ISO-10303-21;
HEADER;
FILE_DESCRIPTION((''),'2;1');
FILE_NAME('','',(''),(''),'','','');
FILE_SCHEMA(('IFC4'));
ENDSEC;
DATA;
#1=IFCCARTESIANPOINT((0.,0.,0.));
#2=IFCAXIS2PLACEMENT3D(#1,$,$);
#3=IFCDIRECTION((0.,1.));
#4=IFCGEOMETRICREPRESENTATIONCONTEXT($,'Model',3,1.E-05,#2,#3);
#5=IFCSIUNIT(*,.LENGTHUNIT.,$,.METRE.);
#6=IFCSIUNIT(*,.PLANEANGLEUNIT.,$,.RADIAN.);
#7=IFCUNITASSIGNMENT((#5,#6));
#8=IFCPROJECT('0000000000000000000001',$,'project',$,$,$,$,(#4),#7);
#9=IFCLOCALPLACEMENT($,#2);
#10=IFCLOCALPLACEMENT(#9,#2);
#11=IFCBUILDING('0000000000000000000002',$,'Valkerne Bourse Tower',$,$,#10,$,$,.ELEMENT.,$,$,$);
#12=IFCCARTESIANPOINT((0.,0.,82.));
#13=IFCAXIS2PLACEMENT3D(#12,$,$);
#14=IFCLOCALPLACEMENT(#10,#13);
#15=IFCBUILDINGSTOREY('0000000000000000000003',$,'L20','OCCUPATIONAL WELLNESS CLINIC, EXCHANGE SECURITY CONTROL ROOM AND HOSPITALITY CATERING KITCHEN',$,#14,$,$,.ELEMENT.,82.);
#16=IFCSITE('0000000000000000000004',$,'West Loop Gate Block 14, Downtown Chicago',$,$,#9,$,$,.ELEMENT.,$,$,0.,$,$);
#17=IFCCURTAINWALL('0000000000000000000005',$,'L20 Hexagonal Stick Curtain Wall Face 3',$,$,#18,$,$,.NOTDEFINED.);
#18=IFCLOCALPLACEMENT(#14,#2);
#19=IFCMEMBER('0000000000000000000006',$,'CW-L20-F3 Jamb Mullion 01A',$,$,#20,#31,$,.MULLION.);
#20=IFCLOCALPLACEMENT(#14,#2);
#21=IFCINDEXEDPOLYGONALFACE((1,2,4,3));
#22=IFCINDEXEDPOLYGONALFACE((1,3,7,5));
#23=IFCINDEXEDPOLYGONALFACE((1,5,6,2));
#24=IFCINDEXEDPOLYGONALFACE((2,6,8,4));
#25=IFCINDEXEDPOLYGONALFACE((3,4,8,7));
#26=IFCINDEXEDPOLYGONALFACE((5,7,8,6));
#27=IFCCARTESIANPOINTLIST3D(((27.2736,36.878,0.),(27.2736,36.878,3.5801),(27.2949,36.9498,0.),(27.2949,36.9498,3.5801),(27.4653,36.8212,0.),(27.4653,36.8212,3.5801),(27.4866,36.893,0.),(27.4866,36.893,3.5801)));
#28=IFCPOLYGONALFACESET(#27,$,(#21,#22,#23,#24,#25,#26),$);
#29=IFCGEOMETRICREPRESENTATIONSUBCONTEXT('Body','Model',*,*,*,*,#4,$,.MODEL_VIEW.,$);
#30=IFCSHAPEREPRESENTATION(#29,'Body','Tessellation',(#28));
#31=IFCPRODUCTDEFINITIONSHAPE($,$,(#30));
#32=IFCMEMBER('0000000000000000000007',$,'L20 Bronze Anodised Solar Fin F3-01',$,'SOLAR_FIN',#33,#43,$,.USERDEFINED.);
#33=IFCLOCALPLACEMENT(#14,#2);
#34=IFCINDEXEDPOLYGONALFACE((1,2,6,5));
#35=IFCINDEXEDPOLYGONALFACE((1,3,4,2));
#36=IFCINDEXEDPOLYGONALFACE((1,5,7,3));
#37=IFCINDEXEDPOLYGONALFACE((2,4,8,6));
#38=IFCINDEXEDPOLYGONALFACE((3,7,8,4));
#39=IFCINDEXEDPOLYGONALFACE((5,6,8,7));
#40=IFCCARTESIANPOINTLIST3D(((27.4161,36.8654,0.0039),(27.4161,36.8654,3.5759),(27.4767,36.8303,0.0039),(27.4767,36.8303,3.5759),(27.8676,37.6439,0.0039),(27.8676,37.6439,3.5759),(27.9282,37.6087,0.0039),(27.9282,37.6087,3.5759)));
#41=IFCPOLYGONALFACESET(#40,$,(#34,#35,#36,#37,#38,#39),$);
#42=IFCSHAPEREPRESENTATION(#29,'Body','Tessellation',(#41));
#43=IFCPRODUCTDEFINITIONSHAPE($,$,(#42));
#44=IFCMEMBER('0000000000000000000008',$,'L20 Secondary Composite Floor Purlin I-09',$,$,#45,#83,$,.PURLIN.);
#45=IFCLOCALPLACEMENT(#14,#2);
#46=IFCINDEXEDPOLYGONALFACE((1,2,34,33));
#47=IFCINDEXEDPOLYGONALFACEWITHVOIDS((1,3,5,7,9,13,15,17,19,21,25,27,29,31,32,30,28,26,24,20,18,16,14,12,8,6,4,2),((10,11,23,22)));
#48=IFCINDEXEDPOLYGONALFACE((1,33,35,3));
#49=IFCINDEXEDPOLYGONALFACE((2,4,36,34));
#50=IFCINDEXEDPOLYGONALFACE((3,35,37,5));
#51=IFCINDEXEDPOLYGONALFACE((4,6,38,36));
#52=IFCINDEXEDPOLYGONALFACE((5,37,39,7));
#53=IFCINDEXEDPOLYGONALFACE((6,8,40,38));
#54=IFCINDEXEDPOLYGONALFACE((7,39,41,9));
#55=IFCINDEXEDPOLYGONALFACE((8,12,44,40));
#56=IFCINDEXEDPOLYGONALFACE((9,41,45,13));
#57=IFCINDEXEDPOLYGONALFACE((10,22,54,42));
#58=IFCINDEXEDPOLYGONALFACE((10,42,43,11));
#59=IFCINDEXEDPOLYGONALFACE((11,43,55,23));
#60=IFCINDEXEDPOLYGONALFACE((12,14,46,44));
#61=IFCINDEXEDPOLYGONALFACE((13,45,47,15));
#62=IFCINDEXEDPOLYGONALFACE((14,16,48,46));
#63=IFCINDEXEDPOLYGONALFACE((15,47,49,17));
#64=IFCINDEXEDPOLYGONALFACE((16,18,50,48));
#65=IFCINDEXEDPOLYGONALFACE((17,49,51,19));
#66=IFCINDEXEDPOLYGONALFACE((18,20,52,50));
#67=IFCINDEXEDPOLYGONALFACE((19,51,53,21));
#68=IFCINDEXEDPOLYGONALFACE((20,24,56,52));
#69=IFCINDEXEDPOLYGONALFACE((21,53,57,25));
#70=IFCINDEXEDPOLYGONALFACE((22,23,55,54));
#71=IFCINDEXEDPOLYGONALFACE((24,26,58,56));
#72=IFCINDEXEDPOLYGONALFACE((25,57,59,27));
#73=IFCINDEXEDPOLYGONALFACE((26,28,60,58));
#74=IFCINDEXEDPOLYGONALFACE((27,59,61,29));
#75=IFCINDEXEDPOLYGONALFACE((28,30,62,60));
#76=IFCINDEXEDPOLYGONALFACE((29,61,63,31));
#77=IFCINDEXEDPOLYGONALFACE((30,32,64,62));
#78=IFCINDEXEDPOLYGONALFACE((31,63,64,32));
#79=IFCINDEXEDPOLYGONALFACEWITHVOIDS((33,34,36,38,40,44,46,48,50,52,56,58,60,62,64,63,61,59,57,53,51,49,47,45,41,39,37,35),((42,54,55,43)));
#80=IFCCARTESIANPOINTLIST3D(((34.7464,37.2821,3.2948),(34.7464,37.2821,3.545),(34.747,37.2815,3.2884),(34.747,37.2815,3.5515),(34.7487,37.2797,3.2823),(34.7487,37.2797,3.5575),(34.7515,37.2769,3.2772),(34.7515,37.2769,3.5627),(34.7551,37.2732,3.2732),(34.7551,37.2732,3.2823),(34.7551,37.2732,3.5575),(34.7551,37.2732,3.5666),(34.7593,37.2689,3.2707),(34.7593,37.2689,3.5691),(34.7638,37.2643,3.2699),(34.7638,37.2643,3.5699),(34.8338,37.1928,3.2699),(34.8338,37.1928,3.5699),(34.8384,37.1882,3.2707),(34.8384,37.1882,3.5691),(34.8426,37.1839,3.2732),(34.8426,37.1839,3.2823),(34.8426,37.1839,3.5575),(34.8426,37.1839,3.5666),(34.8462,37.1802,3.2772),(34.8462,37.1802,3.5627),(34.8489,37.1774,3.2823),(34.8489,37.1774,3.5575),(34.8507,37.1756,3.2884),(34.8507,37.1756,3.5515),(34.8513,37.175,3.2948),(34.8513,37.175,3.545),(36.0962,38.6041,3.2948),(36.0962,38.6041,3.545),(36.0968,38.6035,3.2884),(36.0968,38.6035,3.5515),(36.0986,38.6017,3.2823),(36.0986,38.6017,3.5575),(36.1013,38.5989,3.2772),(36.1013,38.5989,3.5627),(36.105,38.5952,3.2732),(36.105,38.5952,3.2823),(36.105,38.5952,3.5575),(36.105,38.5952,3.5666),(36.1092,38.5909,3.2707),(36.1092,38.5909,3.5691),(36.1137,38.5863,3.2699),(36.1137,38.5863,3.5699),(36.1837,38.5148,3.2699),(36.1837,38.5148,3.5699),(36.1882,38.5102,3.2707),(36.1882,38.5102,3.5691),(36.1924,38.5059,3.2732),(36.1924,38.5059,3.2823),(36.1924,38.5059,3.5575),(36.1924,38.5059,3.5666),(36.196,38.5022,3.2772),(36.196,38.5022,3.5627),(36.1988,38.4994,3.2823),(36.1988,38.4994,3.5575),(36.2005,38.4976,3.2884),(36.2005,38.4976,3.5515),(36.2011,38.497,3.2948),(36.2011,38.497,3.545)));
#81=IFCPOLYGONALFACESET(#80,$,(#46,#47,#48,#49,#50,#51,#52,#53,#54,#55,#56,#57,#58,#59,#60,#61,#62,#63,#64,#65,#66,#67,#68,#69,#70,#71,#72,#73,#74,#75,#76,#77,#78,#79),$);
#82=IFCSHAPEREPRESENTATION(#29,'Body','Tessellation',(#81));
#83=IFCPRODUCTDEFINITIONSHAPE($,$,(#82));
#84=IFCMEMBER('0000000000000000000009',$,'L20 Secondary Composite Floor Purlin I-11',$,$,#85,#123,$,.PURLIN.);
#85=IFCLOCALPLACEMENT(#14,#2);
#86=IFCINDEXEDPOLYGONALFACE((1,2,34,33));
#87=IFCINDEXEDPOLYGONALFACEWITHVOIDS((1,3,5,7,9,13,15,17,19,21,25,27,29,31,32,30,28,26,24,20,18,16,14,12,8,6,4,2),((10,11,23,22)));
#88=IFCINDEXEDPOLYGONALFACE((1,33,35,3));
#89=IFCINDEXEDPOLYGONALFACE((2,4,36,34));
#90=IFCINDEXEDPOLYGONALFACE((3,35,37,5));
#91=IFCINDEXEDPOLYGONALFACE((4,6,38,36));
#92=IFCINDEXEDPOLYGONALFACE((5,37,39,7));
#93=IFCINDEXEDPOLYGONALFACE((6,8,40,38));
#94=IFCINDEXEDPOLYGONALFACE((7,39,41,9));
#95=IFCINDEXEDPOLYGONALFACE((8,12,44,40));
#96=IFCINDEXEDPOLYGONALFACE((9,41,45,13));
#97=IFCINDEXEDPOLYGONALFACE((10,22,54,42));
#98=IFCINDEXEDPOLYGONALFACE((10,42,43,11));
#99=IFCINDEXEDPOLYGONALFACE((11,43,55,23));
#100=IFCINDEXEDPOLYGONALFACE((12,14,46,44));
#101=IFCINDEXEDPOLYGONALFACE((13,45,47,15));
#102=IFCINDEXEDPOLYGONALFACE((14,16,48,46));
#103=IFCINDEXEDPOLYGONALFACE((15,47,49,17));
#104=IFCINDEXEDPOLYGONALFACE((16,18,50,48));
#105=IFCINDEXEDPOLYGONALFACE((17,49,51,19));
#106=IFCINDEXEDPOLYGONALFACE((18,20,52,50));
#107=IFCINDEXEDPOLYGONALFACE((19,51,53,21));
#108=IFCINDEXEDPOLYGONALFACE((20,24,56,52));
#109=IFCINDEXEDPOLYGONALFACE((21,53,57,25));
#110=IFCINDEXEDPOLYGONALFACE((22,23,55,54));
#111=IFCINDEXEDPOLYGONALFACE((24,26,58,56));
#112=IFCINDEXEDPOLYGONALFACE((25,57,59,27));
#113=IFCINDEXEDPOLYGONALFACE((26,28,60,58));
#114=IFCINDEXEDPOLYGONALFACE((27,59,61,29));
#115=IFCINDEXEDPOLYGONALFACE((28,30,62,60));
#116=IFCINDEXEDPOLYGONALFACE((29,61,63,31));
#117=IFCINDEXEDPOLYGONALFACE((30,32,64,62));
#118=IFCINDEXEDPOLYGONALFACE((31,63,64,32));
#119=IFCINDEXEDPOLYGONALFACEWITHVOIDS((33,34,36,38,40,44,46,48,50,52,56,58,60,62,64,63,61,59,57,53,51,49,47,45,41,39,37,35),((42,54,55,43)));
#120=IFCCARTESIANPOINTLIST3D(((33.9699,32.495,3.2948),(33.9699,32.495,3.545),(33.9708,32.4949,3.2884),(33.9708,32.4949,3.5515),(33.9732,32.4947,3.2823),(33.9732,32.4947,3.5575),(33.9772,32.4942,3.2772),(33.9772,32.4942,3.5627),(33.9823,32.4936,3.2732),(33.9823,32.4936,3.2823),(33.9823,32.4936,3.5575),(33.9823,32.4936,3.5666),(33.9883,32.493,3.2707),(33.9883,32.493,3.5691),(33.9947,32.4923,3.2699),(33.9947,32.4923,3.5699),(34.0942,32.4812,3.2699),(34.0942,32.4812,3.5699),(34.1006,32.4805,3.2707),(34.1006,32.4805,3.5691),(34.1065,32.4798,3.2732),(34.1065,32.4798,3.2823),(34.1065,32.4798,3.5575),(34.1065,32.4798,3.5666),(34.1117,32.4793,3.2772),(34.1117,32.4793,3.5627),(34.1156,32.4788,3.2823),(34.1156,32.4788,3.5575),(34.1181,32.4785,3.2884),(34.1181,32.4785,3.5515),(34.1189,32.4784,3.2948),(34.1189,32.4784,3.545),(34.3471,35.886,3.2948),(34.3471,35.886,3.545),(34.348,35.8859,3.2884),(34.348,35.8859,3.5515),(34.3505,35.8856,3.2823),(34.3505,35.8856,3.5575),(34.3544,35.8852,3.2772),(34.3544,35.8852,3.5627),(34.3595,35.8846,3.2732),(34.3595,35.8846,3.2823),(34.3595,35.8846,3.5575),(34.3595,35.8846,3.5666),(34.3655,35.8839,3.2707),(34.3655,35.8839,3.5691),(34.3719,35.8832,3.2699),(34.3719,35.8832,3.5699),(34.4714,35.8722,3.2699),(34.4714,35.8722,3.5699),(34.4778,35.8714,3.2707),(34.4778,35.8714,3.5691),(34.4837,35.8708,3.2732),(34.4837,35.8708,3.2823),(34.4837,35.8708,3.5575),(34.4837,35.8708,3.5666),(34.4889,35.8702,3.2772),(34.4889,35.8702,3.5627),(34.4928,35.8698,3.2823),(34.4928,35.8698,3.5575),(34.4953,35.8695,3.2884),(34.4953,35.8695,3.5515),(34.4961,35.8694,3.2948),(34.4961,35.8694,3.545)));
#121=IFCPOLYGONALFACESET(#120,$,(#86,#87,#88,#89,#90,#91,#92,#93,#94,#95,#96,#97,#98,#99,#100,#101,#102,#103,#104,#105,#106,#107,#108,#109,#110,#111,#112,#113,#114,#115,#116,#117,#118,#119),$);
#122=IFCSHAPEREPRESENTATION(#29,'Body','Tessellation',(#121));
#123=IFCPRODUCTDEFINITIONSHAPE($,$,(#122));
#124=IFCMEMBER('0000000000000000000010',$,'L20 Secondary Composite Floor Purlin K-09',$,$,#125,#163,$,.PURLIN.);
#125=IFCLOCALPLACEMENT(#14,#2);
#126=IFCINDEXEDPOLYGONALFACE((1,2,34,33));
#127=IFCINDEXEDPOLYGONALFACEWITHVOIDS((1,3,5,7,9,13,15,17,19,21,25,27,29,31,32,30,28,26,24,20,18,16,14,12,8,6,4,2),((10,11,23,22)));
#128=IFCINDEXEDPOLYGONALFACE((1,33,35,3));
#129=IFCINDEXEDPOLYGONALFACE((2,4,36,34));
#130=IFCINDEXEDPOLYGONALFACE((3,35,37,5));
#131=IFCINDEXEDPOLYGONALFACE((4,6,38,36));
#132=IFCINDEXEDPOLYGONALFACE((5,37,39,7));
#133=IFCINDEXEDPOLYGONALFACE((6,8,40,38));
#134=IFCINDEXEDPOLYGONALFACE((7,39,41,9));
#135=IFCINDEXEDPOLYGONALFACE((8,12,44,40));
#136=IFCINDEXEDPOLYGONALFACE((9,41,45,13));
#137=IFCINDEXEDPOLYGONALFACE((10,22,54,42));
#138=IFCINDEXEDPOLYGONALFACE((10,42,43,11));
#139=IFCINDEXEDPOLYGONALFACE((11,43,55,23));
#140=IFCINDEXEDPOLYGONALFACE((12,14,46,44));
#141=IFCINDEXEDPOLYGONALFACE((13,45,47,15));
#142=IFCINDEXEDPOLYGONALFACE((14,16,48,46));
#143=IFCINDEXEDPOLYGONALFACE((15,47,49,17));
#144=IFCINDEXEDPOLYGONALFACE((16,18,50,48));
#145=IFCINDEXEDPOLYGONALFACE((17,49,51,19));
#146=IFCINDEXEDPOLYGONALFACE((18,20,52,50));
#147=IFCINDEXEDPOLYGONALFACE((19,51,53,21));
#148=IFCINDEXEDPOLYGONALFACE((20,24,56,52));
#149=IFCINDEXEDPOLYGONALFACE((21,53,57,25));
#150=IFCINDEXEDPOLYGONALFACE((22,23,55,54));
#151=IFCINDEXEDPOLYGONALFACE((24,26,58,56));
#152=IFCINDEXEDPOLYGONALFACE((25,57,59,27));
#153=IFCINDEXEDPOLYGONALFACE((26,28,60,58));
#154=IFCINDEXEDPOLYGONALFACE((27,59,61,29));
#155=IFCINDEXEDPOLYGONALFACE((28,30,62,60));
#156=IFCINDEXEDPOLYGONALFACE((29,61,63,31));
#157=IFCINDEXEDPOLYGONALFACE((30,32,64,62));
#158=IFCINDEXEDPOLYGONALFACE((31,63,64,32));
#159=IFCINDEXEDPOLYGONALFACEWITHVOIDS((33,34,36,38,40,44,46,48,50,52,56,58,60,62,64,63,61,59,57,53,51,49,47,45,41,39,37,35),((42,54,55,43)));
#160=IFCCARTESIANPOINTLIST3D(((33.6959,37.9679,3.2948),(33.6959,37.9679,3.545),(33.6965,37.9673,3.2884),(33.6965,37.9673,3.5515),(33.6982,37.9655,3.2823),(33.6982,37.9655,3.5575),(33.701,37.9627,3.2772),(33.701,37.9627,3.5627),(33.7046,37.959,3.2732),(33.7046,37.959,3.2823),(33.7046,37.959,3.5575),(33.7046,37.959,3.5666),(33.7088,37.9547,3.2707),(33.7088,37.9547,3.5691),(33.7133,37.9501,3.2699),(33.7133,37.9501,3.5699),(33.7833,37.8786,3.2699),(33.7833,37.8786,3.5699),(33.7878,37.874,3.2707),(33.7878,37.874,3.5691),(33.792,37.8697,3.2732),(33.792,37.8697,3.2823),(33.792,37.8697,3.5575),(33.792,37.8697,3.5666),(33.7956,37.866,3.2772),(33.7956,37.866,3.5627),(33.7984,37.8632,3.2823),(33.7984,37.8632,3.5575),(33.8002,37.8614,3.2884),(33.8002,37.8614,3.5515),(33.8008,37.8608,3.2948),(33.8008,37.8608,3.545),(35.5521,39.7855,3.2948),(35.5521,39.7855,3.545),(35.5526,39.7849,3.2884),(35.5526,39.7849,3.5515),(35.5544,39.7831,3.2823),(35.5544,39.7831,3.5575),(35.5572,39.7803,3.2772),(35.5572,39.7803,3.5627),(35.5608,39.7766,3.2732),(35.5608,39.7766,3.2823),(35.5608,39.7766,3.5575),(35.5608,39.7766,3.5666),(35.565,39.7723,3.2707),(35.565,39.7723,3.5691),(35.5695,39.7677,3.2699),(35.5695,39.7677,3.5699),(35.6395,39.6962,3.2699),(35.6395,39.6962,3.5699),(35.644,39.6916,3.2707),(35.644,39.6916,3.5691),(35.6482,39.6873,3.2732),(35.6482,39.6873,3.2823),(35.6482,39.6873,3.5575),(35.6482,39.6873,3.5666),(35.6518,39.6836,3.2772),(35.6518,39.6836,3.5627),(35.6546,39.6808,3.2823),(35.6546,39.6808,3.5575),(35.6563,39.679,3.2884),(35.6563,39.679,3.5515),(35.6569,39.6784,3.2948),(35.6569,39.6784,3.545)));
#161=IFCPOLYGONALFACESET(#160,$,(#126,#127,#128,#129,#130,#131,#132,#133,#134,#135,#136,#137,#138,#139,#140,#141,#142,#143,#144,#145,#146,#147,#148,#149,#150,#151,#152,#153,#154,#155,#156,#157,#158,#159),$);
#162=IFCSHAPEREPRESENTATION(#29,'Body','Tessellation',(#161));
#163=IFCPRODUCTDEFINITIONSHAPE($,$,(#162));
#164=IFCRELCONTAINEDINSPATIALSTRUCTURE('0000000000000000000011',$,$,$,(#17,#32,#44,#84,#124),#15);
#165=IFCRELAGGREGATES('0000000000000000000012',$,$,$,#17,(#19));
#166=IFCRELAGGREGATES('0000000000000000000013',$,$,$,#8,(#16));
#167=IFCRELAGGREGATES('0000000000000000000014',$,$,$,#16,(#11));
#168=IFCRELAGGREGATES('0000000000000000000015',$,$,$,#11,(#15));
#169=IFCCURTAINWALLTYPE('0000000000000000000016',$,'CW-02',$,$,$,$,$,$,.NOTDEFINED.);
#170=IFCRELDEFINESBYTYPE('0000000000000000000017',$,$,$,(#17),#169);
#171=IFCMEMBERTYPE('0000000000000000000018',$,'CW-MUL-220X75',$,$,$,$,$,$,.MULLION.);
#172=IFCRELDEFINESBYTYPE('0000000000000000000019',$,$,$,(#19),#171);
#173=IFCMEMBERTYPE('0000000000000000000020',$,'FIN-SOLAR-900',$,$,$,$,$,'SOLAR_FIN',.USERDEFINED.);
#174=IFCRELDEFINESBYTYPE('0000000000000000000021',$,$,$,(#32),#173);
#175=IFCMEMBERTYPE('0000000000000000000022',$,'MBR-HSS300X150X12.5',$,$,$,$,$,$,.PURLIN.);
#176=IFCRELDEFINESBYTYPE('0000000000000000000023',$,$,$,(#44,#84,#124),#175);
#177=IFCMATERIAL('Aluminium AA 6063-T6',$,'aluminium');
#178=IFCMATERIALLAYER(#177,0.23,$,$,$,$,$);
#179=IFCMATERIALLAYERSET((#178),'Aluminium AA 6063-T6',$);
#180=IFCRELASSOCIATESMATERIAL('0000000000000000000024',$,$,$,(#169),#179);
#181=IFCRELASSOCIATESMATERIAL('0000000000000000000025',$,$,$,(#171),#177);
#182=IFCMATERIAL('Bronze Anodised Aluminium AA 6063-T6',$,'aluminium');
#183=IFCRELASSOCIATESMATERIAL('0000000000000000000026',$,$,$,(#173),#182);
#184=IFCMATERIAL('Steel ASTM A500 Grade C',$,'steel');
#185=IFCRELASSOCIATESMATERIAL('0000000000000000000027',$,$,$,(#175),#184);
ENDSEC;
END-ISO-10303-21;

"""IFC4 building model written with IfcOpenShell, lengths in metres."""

from ifc_helpers import new_model, si_unit, direction, frame, origin, origin_2d, place, context, subcontext, project, spatial, rectangle, hollow_rectangle, extrude, material, layer, layer_set, material_profile, profile_set, type_object, element, aggregate, save


model = new_model("IFC4")

# Units and contexts
model_context = context("Model", 3, precision=1e-05, world=origin(), true_north=direction((0.0, 1.0)))
body_context = subcontext(model_context, "Body", "Model", "MODEL_VIEW")
ifc_project = project(units=[si_unit("LENGTHUNIT", "METRE"), si_unit("PLANEANGLEUNIT", "RADIAN")], contexts=[model_context])

# Site, building, storey
site_placement = place(None, origin())
site = spatial("IfcSite", under=ifc_project, at=site_placement, Name="West Loop Gate Block 14, Downtown Chicago", CompositionType="ELEMENT", RefElevation=0.0)
building_placement = place(site_placement, origin())
building = spatial("IfcBuilding", under=site, at=building_placement, Name="Valkerne Bourse Tower", CompositionType="ELEMENT")
storey_placement = place(building_placement, frame((0.0, 0.0, 82.0)))
storey = spatial("IfcBuildingStorey", under=building, at=storey_placement, Name="L20", Description="OCCUPATIONAL WELLNESS CLINIC, EXCHANGE SECURITY CONTROL ROOM AND HOSPITALITY CATERING KITCHEN", CompositionType="ELEMENT", Elevation=82.0)

# Curtain wall, member
ifc_material_1 = material(Name="Aluminium AA 6063-T6", Category="aluminium")
ifc_layer_1 = layer(ifc_material_1, 0.23)
ifc_layer_set_1 = layer_set([ifc_layer_1], Name="Aluminium AA 6063-T6")
curtain_wall_type = type_object("IfcCurtainWallType", Name="CW-02", PredefinedType="NOTDEFINED", material=ifc_layer_set_1)
curtain_wall_placement = place(storey_placement, origin())
curtain_wall = element("IfcCurtainWall", 1, at=curtain_wall_placement, inside=storey, type_object=curtain_wall_type, Name="L20 Hexagonal Stick Curtain Wall Face 3", PredefinedType="NOTDEFINED")
ifc_material_profile_1 = material_profile(ifc_material_1, rectangle(XDim=0.075, YDim=0.2, at=origin_2d()), Name="CWM-75X200")
ifc_profile_set_1 = profile_set([ifc_material_profile_1], Name="Aluminium AA 6063-T6")
member_type_1 = type_object("IfcMemberType", Name="CW-MUL-220X75", PredefinedType="MULLION", material=ifc_profile_set_1)
member_1_placement = place(storey_placement, frame((27.3801, 36.8855, 0.0), z_axis=(0.0, 0.0, 1.0), x_axis=(-0.284008, -0.958822, 0.0)))
member_1 = element("IfcMember", 2, at=member_1_placement, type_object=member_type_1, Name="CW-L20-F3 Jamb Mullion 01A", PredefinedType="MULLION", context=body_context, shape_type="SweptSolid", body=[
    extrude(rectangle(XDim=0.075, YDim=0.2, at=origin_2d()), origin(), (0.0, 0.0, 1.0), 3.5801),
])

# Members
ifc_material_2 = material(Name="Bronze Anodised Aluminium AA 6063-T6", Category="aluminium")
ifc_material_profile_2 = material_profile(ifc_material_2, rectangle(XDim=0.0701, YDim=0.8999, at=origin_2d()), Name="FIN-70X900")
ifc_profile_set_2 = profile_set([ifc_material_profile_2], Name="Bronze Anodised Aluminium AA 6063-T6")
member_type_2 = type_object("IfcMemberType", Name="FIN-SOLAR-900", ElementType="SOLAR_FIN", PredefinedType="USERDEFINED", material=ifc_profile_set_2)
member_2_placement = place(storey_placement, frame((27.6721, 37.2371, 0.0039), z_axis=(0.0, 0.0, 1.0), x_axis=(-0.86504, 0.501702, 0.0)))
element("IfcMember", 3, at=member_2_placement, inside=storey, type_object=member_type_2, Name="L20 Bronze Anodised Solar Fin F3-01", ObjectType="SOLAR_FIN", PredefinedType="USERDEFINED", context=body_context, shape_type="SweptSolid", body=[
    extrude(rectangle(XDim=0.0701, YDim=0.8999, at=origin_2d()), origin(), (0.0, 0.0, 1.0), 3.572),
])
ifc_material_3 = material(Name="Steel ASTM A500 Grade C", Category="steel")
ifc_material_profile_3 = material_profile(ifc_material_3, hollow_rectangle(XDim=0.1499, YDim=0.3, WallThickness=0.0125, OuterFilletRadius=0.0249, at=origin_2d()), Name="HSS300X150X12.5")
ifc_profile_set_3 = profile_set([ifc_material_profile_3], Name="Steel ASTM A500 Grade C")
member_type_3 = type_object("IfcMemberType", Name="MBR-HSS300X150X12.5", PredefinedType="PURLIN", material=ifc_profile_set_3)
member_3_placement = place(storey_placement, frame((36.1487, 38.5505, 3.4199), z_axis=(-0.714434, -0.699703, 0.0), x_axis=(0.699703, -0.714434, 0.0)))
element("IfcMember", 4, at=member_3_placement, inside=storey, type_object=member_type_3, Name="L20 Secondary Composite Floor Purlin I-09", PredefinedType="PURLIN", context=body_context, shape_type="SweptSolid", body=[
    extrude(hollow_rectangle(XDim=0.1499, YDim=0.3, WallThickness=0.0125, OuterFilletRadius=0.0249, at=origin_2d()), origin(), (0.0, 0.0, 1.0), 1.8894),
])
member_4_placement = place(storey_placement, frame((34.4216, 35.8777, 3.4199), z_axis=(-0.110557, -0.99387, 0.0), x_axis=(0.99387, -0.110557, 0.0)))
element("IfcMember", 5, at=member_4_placement, inside=storey, type_object=member_type_3, Name="L20 Secondary Composite Floor Purlin I-11", PredefinedType="PURLIN", context=body_context, shape_type="SweptSolid", body=[
    extrude(hollow_rectangle(XDim=0.1499, YDim=0.3, WallThickness=0.0125, OuterFilletRadius=0.0249, at=origin_2d()), origin(), (0.0, 0.0, 1.0), 3.4119),
])
member_5_placement = place(storey_placement, frame((35.6045, 39.7319, 3.4199), z_axis=(-0.714492, -0.699644, 0.0), x_axis=(0.699644, -0.714492, 0.0)))
element("IfcMember", 6, at=member_5_placement, inside=storey, type_object=member_type_3, Name="L20 Secondary Composite Floor Purlin K-09", PredefinedType="PURLIN", context=body_context, shape_type="SweptSolid", body=[
    extrude(hollow_rectangle(XDim=0.1499, YDim=0.3, WallThickness=0.0125, OuterFilletRadius=0.0249, at=origin_2d()), origin(), (0.0, 0.0, 1.0), 2.5979),
])

aggregate(curtain_wall, [member_1])

save(model, "model.ifc")
